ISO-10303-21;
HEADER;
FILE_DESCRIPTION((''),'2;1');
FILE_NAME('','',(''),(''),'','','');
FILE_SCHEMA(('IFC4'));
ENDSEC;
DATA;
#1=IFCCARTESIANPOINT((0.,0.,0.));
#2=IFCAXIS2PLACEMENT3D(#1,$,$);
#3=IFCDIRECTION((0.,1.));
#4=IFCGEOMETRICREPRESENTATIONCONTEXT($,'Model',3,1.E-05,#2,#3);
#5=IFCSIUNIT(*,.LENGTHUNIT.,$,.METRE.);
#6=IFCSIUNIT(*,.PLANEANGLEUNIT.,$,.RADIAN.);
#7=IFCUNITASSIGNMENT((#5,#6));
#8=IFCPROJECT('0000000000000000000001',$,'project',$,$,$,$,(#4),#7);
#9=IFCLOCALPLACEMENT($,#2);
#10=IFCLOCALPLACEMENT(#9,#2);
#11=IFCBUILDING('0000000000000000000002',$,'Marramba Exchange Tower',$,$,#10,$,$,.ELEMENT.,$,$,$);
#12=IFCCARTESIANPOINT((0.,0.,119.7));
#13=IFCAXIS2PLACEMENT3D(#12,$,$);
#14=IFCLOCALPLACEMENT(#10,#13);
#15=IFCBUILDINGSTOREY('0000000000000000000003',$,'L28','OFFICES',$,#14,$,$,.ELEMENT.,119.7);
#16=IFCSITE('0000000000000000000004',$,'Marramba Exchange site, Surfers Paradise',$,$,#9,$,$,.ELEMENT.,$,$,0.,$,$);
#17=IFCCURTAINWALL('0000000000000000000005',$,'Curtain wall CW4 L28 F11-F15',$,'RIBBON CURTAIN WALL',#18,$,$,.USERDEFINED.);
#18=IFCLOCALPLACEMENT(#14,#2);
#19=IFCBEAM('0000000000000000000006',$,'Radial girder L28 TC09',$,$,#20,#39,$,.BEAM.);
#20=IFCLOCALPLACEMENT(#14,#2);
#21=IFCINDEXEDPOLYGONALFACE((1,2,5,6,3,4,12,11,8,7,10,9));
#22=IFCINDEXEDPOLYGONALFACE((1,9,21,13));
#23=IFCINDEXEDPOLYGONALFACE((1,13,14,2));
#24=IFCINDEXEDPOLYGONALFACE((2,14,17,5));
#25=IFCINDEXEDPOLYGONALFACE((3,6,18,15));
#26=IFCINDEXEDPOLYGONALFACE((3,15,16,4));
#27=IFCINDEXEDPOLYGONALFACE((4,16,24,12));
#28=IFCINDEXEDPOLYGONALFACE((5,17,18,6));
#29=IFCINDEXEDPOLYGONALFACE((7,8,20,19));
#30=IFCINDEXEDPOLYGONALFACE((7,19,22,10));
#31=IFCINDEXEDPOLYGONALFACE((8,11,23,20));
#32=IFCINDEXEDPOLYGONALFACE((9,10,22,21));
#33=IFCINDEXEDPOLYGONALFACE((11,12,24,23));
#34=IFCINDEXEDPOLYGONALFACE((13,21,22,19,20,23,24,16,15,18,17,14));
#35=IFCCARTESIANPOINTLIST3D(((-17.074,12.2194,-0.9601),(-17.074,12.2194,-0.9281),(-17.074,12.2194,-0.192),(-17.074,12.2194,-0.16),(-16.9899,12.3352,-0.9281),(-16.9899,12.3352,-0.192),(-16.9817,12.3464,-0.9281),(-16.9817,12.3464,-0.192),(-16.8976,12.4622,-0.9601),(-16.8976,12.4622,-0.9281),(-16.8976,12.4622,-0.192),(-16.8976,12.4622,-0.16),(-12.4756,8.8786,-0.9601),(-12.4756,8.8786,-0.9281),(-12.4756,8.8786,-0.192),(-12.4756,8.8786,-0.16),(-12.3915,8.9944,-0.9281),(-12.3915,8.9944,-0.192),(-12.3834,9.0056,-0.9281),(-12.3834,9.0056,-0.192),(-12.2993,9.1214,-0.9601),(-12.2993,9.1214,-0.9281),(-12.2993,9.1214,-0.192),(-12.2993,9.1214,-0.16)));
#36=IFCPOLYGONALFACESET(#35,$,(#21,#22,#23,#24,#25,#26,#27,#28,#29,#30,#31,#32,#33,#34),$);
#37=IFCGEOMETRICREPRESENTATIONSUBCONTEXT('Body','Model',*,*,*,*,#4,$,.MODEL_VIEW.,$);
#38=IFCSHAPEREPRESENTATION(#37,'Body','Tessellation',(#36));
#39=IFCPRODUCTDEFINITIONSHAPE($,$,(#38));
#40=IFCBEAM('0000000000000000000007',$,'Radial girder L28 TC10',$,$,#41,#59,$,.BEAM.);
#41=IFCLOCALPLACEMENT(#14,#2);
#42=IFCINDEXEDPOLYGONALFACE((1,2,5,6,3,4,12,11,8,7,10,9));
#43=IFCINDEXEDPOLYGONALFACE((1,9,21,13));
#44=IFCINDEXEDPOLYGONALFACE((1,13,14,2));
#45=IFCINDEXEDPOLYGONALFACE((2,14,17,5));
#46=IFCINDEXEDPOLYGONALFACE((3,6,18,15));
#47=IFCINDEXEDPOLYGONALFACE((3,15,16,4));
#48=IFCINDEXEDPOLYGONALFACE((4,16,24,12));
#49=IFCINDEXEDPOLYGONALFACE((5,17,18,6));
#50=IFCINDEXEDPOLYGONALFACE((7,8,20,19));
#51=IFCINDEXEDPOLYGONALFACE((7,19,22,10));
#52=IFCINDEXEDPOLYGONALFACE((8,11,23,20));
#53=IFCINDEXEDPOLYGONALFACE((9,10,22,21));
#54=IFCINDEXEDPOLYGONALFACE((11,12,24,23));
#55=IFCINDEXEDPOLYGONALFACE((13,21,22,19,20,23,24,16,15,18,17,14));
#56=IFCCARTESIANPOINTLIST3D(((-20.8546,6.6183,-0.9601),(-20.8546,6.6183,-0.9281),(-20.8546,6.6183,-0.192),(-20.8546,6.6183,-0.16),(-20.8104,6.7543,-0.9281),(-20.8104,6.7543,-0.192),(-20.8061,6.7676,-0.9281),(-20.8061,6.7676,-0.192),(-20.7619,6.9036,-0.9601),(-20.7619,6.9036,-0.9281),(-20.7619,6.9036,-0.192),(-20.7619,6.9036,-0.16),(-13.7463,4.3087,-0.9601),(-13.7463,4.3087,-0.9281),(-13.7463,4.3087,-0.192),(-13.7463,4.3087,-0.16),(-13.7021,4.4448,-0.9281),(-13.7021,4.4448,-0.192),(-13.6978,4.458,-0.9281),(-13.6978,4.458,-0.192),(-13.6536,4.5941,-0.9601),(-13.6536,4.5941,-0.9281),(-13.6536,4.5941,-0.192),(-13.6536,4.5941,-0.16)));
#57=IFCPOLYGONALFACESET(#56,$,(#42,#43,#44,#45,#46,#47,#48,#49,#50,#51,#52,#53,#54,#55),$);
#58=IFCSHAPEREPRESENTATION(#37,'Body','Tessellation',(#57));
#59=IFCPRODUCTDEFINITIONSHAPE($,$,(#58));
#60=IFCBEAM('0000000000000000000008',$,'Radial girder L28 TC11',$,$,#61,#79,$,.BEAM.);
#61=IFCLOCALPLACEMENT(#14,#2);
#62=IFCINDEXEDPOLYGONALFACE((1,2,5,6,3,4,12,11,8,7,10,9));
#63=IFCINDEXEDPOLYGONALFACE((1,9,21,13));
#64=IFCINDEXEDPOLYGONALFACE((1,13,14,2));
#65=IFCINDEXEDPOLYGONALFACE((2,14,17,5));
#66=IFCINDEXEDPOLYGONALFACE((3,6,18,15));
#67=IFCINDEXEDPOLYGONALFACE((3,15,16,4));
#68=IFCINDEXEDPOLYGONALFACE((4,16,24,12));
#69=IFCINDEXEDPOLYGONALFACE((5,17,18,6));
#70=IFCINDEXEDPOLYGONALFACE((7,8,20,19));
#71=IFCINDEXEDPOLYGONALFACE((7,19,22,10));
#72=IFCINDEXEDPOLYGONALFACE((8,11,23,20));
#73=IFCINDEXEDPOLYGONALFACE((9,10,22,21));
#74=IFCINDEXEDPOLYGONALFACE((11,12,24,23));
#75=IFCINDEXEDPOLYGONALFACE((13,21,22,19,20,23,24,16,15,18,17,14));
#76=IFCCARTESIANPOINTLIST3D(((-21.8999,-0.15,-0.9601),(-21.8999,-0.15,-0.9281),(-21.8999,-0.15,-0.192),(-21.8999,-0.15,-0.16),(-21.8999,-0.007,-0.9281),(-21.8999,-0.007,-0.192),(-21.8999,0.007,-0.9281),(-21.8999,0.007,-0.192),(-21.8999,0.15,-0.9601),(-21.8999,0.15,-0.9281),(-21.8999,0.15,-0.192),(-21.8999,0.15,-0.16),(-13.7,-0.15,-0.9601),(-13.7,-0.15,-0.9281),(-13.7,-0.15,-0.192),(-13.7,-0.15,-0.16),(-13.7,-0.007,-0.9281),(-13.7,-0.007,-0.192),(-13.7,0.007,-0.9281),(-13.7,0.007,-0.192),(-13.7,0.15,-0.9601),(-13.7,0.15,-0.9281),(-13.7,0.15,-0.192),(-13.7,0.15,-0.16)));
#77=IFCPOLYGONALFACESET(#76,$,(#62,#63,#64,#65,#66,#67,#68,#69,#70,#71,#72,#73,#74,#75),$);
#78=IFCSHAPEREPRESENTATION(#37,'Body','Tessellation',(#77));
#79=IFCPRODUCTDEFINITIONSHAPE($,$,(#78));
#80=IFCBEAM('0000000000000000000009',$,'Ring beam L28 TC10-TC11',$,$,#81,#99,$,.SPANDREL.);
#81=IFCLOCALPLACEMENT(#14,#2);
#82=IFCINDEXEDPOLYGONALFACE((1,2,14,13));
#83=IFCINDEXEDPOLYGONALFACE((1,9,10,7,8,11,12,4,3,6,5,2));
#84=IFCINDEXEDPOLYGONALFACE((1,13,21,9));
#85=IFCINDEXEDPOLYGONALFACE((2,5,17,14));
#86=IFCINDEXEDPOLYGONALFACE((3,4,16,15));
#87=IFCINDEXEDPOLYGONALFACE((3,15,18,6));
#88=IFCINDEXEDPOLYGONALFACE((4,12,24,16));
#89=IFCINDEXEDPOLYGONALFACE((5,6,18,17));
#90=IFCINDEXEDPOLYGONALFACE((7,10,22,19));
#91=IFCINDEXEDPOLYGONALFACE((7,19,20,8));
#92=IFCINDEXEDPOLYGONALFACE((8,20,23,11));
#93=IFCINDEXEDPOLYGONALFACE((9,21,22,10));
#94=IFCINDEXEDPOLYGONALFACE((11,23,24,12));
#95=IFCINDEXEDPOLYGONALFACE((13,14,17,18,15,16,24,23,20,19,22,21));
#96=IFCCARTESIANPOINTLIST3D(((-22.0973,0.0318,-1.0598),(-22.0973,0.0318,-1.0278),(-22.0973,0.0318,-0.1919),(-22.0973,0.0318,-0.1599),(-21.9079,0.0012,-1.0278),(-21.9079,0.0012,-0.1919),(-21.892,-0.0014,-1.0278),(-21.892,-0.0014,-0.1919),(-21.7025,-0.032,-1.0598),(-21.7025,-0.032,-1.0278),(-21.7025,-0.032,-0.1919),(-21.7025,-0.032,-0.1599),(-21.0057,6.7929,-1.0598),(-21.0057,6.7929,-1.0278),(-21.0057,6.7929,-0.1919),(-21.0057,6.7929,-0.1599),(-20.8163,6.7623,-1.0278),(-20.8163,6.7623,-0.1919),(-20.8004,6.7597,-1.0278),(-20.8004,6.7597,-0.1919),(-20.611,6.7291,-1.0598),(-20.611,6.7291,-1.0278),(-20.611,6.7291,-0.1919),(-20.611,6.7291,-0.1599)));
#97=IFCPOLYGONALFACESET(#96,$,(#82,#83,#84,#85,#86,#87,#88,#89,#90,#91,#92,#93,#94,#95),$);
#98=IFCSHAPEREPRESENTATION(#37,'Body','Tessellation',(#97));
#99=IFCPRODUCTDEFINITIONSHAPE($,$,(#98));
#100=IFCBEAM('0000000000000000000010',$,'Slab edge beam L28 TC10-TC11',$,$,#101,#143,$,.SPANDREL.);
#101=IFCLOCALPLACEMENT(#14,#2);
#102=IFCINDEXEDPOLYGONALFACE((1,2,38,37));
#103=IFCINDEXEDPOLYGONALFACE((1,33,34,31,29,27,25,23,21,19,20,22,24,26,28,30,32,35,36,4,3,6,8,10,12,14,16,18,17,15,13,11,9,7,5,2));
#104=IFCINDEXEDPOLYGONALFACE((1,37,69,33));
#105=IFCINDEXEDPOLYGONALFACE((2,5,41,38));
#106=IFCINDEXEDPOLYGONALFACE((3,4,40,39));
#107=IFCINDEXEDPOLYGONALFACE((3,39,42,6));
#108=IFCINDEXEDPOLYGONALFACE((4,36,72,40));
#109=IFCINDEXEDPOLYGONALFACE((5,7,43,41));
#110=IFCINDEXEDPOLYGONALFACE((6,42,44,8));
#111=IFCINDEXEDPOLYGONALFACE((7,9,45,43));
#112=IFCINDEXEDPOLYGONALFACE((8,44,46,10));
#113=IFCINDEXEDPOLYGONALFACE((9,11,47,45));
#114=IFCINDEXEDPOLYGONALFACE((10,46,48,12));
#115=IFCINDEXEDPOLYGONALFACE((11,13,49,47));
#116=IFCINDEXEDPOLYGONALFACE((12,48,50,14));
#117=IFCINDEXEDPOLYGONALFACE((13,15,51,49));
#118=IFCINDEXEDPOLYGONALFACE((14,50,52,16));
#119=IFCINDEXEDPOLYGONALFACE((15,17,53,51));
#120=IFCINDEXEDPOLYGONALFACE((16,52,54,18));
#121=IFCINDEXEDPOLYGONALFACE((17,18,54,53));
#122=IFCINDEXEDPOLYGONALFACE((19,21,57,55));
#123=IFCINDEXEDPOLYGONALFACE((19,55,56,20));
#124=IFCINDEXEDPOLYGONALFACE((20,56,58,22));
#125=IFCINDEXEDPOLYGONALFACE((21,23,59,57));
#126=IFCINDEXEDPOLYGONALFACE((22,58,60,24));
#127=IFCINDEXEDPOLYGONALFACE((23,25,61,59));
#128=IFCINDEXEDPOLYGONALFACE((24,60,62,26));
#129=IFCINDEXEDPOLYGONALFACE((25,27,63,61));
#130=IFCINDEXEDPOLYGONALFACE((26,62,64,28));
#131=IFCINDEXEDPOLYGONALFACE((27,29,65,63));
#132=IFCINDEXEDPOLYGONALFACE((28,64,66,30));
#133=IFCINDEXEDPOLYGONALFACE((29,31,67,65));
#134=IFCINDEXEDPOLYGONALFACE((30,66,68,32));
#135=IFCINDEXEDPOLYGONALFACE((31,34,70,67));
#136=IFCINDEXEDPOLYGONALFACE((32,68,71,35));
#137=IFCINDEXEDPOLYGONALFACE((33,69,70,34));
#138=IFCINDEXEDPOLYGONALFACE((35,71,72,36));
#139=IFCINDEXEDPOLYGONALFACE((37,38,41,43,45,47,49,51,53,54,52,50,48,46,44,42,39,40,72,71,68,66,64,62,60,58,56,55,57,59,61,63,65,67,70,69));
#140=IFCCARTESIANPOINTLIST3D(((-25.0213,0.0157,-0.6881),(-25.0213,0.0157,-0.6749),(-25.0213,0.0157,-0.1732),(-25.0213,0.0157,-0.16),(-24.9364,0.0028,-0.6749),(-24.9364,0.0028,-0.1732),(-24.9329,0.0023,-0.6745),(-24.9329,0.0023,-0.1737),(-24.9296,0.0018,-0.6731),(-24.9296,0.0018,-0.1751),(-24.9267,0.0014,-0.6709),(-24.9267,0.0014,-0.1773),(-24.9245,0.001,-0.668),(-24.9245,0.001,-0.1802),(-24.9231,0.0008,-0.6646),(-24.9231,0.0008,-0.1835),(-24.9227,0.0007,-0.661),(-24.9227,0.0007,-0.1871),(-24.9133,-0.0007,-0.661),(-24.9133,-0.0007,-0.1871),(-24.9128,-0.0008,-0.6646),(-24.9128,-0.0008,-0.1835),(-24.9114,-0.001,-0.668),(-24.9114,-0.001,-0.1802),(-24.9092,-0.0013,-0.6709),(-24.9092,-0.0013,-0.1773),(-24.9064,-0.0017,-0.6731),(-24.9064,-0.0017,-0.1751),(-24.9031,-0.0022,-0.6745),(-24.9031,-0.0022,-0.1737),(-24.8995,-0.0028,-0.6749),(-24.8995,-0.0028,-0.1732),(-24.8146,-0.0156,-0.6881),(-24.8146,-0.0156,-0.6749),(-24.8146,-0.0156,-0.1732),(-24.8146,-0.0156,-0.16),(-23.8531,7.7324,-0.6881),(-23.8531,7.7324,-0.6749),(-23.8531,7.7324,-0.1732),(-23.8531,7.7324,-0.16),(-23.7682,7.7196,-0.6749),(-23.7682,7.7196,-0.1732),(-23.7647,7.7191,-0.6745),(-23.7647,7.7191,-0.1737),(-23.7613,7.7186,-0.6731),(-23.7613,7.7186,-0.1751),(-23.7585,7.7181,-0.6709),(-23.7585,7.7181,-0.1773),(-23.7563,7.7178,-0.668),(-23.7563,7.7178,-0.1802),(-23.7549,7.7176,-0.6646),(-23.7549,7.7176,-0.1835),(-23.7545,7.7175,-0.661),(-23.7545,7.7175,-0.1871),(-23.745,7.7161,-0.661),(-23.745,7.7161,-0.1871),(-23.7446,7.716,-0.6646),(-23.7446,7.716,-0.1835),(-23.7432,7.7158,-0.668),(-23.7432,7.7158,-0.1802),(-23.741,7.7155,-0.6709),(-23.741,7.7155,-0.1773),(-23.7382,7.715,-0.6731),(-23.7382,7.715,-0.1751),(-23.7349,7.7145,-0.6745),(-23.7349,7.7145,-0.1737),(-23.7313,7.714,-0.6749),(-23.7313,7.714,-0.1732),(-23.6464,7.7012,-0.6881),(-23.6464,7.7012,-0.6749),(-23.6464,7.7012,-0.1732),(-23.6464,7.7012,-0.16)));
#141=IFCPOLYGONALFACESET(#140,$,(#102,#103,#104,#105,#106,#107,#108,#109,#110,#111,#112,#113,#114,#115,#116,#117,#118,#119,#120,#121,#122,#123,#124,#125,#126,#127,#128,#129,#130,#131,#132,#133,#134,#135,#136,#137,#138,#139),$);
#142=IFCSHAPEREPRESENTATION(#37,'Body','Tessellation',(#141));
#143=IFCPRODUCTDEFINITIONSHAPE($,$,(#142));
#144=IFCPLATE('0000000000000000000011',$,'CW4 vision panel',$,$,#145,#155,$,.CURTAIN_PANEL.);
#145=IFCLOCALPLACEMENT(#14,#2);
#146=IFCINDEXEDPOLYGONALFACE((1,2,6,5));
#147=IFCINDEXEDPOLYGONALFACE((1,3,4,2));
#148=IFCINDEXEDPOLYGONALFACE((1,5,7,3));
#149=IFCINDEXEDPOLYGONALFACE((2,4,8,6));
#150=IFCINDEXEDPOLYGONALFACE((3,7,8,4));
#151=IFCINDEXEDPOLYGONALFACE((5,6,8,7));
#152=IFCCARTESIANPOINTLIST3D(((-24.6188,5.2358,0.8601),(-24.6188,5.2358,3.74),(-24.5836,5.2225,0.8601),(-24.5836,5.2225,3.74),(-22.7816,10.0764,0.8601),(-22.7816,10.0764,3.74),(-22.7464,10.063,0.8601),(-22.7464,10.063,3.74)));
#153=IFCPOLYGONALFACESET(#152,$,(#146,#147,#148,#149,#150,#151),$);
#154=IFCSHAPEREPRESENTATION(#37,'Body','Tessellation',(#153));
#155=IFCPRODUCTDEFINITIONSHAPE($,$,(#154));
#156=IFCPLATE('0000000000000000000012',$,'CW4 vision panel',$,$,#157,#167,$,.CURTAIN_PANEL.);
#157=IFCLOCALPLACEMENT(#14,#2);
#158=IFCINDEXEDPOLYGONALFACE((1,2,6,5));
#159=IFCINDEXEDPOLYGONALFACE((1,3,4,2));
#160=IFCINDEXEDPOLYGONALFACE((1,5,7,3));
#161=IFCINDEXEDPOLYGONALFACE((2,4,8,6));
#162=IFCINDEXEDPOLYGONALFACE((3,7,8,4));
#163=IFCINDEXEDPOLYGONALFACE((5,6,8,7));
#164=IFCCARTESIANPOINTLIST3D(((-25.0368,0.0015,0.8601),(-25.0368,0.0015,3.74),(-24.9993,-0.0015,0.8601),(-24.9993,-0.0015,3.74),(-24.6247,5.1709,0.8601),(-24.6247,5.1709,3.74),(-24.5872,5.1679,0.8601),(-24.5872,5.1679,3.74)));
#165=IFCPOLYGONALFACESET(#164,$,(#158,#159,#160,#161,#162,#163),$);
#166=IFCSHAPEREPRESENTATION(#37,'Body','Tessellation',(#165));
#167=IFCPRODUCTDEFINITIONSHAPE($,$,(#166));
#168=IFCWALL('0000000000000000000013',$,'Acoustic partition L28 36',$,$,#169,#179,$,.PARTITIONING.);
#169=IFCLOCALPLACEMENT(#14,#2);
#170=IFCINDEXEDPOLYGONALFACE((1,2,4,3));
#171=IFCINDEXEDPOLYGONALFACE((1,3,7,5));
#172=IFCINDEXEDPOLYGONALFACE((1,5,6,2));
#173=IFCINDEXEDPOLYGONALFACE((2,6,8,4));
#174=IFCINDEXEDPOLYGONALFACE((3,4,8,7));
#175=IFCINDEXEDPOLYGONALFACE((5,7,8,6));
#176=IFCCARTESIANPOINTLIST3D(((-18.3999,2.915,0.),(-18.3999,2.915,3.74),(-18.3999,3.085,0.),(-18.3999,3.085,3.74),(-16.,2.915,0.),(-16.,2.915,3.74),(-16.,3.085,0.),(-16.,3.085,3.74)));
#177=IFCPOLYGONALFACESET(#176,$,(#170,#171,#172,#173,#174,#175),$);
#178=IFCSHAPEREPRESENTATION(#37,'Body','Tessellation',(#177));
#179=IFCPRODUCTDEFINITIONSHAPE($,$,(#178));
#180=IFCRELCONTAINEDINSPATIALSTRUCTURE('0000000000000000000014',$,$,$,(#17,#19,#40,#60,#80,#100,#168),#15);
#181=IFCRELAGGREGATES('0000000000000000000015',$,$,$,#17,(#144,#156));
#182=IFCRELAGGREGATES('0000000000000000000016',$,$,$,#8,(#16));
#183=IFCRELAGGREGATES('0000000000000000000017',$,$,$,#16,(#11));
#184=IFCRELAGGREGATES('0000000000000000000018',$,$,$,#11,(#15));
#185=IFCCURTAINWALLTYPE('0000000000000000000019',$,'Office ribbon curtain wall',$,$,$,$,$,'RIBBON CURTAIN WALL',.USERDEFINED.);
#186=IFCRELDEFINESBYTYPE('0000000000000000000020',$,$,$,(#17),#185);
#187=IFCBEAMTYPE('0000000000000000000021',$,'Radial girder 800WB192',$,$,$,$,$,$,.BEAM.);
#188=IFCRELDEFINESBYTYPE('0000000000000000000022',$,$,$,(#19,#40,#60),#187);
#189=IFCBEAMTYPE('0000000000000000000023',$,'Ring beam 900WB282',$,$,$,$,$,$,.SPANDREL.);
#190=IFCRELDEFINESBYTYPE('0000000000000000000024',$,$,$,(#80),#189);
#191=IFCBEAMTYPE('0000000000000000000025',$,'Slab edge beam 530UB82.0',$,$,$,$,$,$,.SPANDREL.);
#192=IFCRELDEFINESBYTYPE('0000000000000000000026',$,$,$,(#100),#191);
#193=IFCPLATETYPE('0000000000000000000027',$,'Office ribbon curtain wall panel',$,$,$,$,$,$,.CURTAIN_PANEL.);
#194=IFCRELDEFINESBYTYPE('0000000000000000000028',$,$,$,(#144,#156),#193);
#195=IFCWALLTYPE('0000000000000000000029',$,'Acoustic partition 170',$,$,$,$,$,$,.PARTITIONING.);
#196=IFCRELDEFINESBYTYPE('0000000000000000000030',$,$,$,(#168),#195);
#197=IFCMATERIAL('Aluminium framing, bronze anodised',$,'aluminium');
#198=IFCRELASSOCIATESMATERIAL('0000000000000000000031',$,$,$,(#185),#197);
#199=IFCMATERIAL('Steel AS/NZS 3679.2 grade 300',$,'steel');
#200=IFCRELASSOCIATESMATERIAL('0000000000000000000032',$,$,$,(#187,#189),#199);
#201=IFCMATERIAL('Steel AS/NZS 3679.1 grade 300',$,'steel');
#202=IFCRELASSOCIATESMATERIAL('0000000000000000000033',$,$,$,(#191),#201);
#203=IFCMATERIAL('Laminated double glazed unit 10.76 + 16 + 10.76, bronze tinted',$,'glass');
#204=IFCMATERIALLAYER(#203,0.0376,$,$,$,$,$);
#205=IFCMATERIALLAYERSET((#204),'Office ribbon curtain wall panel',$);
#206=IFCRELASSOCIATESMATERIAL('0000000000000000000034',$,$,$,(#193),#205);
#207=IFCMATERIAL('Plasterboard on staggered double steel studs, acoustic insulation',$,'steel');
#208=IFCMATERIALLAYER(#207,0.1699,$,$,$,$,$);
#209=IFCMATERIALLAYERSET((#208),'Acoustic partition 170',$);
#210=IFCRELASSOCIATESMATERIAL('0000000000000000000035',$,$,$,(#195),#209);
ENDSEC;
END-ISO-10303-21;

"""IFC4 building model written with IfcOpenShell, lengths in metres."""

from ifc_helpers import new_model, si_unit, direction, frame, frame_2d, origin, origin_2d, place, context, subcontext, project, spatial, rectangle, i_section, extrude, material, layer, layer_set, material_profile, profile_set, type_object, element, aggregate, save


model = new_model("IFC4")

# Units and contexts
model_context = context("Model", 3, precision=1e-05, world=origin(), true_north=direction((0.0, 1.0)))
body_context = subcontext(model_context, "Body", "Model", "MODEL_VIEW")
ifc_project = project(units=[si_unit("LENGTHUNIT", "METRE"), si_unit("PLANEANGLEUNIT", "RADIAN")], contexts=[model_context])

# Site, building, storey
site_placement = place(None, origin())
site = spatial("IfcSite", under=ifc_project, at=site_placement, Name="Marramba Exchange site, Surfers Paradise", CompositionType="ELEMENT", RefElevation=0.0)
building_placement = place(site_placement, origin())
building = spatial("IfcBuilding", under=site, at=building_placement, Name="Marramba Exchange Tower", CompositionType="ELEMENT")
storey_placement = place(building_placement, frame((0.0, 0.0, 119.7)))
storey = spatial("IfcBuildingStorey", under=building, at=storey_placement, Name="L28", Description="OFFICES", CompositionType="ELEMENT", Elevation=119.7)

# Shared definitions
ifc_material_1 = material(Name="Steel AS/NZS 3679.2 grade 300", Category="steel")
ifc_material_2 = material(Name="Steel AS/NZS 3679.1 grade 300", Category="steel")

# Curtain wall
ifc_material_3 = material(Name="Aluminium framing, bronze anodised", Category="aluminium")
curtain_wall_type = type_object("IfcCurtainWallType", Name="Office ribbon curtain wall", ElementType="RIBBON CURTAIN WALL", PredefinedType="USERDEFINED", material=ifc_material_3)
curtain_wall_placement = place(storey_placement, origin())
curtain_wall = element("IfcCurtainWall", 1, at=curtain_wall_placement, inside=storey, type_object=curtain_wall_type, Name="Curtain wall CW4 L28 F11-F15", ObjectType="RIBBON CURTAIN WALL", PredefinedType="USERDEFINED")

# Beams
ifc_material_profile_1 = material_profile(ifc_material_1, i_section(OverallWidth=0.3, OverallDepth=0.8, WebThickness=0.0139, FlangeThickness=0.032, at=origin_2d()), Name="800WB192")
ifc_profile_set_1 = profile_set([ifc_material_profile_1], Name="Steel AS/NZS 3679.2 grade 300")
beam_type_1 = type_object("IfcBeamType", Name="Radial girder 800WB192", PredefinedType="BEAM", material=ifc_profile_set_1)
beam_1_placement = place(storey_placement, frame((-12.3875, 9.0, -0.5601), z_axis=(-0.809026, 0.587773, 0.0), x_axis=(-0.587773, -0.809026, 0.0)))
element("IfcBeam", 2, at=beam_1_placement, inside=storey, type_object=beam_type_1, Name="Radial girder L28 TC09", PredefinedType="BEAM", context=body_context, shape_type="SweptSolid", body=[
    extrude(i_section(OverallWidth=0.3, OverallDepth=0.8, WebThickness=0.0139, FlangeThickness=0.032, at=origin_2d()), origin(), (0.0, 0.0, 1.0), 5.6838),
])
beam_2_placement = place(storey_placement, frame((-13.7, 4.4514, -0.5601), z_axis=(-0.95106, 0.309006, 0.0), x_axis=(-0.309006, -0.95106, 0.0)))
element("IfcBeam", 3, at=beam_2_placement, inside=storey, type_object=beam_type_1, Name="Radial girder L28 TC10", PredefinedType="BEAM", context=body_context, shape_type="SweptSolid", body=[
    extrude(i_section(OverallWidth=0.3, OverallDepth=0.8, WebThickness=0.0139, FlangeThickness=0.032, at=origin_2d()), origin(), (0.0, 0.0, 1.0), 7.4741),
])
beam_3_placement = place(storey_placement, frame((-13.7, 0.0, -0.5601), z_axis=(-1.0, 0.0, 0.0), x_axis=(0.0, -1.0, 0.0)))
element("IfcBeam", 4, at=beam_3_placement, inside=storey, type_object=beam_type_1, Name="Radial girder L28 TC11", PredefinedType="BEAM", context=body_context, shape_type="SweptSolid", body=[
    extrude(i_section(OverallWidth=0.3, OverallDepth=0.8, WebThickness=0.0139, FlangeThickness=0.032, at=origin_2d()), origin(), (0.0, 0.0, 1.0), 8.2),
])
ifc_material_profile_2 = material_profile(ifc_material_1, i_section(OverallWidth=0.3999, OverallDepth=0.8999, WebThickness=0.0161, FlangeThickness=0.032, at=origin_2d()), Name="900WB282")
ifc_profile_set_2 = profile_set([ifc_material_profile_2], Name="Steel AS/NZS 3679.2 grade 300")
beam_type_2 = type_object("IfcBeamType", Name="Ring beam 900WB282", PredefinedType="SPANDREL", material=ifc_profile_set_2)
beam_4_placement = place(storey_placement, frame((-20.8083, 6.761, -0.6099), z_axis=(-0.159385, -0.987217, 0.0), x_axis=(0.987217, -0.159385, 0.0)))
element("IfcBeam", 5, at=beam_4_placement, inside=storey, type_object=beam_type_2, Name="Ring beam L28 TC10-TC11", PredefinedType="SPANDREL", context=body_context, shape_type="SweptSolid", body=[
    extrude(i_section(OverallWidth=0.3999, OverallDepth=0.8999, WebThickness=0.0161, FlangeThickness=0.032, at=origin_2d()), origin(), (0.0, 0.0, 1.0), 6.8486),
])
ifc_material_profile_3 = material_profile(ifc_material_2, i_section(OverallWidth=0.209, OverallDepth=0.5281, WebThickness=0.0095, FlangeThickness=0.0132, FilletRadius=0.0139, at=origin_2d()), Name="530UB82.0")
ifc_profile_set_3 = profile_set([ifc_material_profile_3], Name="Steel AS/NZS 3679.1 grade 300")
beam_type_3 = type_object("IfcBeamType", Name="Slab edge beam 530UB82.0", PredefinedType="SPANDREL", material=ifc_profile_set_3)
beam_5_placement = place(storey_placement, frame((-23.7498, 7.7168, -0.4241), z_axis=(-0.14968, -0.988734, 0.0), x_axis=(0.988734, -0.14968, 0.0)))
element("IfcBeam", 6, at=beam_5_placement, inside=storey, type_object=beam_type_3, Name="Slab edge beam L28 TC10-TC11", PredefinedType="SPANDREL", context=body_context, shape_type="SweptSolid", body=[
    extrude(i_section(OverallWidth=0.209, OverallDepth=0.5281, WebThickness=0.0095, FlangeThickness=0.0132, FilletRadius=0.0139, at=origin_2d()), origin(), (0.0, 0.0, 1.0), 7.8047),
])

# Plates
ifc_material_4 = material(Name="Laminated double glazed unit 10.76 + 16 + 10.76, bronze tinted", Category="glass")
ifc_layer_1 = layer(ifc_material_4, 0.0376)
ifc_layer_set_1 = layer_set([ifc_layer_1], Name="Office ribbon curtain wall panel")
plate_type = type_object("IfcPlateType", Name="Office ribbon curtain wall panel", PredefinedType="CURTAIN_PANEL", material=ifc_layer_set_1)
plate_1_placement = place(storey_placement, frame((-23.6826, 7.6494, 0.8601), z_axis=(0.0, 0.0, 1.0), x_axis=(-0.354844, -0.934925, 0.0)))
plate_1 = element("IfcPlate", 7, at=plate_1_placement, type_object=plate_type, Name="CW4 vision panel", PredefinedType="CURTAIN_PANEL", context=body_context, shape_type="SweptSolid", body=[
    extrude(rectangle(XDim=5.1775, YDim=0.0376, at=origin_2d()), origin(), (0.0, 0.0, 1.0), 2.8799),
])
plate_2_placement = place(storey_placement, frame((-24.812, 2.5847, 0.8601), z_axis=(0.0, 0.0, 1.0), x_axis=(-0.07946, -0.996838, 0.0)))
plate_2 = element("IfcPlate", 8, at=plate_2_placement, type_object=plate_type, Name="CW4 vision panel", PredefinedType="CURTAIN_PANEL", context=body_context, shape_type="SweptSolid", body=[
    extrude(rectangle(XDim=5.1858, YDim=0.0376, at=origin_2d()), origin(), (0.0, 0.0, 1.0), 2.8799),
])
aggregate(curtain_wall, [plate_1, plate_2])

# Wall
ifc_material_5 = material(Name="Plasterboard on staggered double steel studs, acoustic insulation", Category="steel")
ifc_layer_2 = layer(ifc_material_5, 0.1699)
ifc_layer_set_2 = layer_set([ifc_layer_2], Name="Acoustic partition 170")
wall_type_1 = type_object("IfcWallType", Name="Acoustic partition 170", PredefinedType="PARTITIONING", material=ifc_layer_set_2)
wall_1_placement = place(storey_placement, frame((-16.0, 3.0, 0.0), z_axis=(0.0, 0.0, 1.0), x_axis=(-1.0, 0.0, 0.0)))
element("IfcWall", 9, at=wall_1_placement, inside=storey, type_object=wall_type_1, Name="Acoustic partition L28 36", PredefinedType="PARTITIONING", context=body_context, shape_type="SweptSolid", body=[
    extrude(rectangle(XDim=2.3999, YDim=0.1699, at=frame_2d((1.2, 0.0))), origin(), (0.0, 0.0, 1.0), 3.74),
])

save(model, "model.ifc")
